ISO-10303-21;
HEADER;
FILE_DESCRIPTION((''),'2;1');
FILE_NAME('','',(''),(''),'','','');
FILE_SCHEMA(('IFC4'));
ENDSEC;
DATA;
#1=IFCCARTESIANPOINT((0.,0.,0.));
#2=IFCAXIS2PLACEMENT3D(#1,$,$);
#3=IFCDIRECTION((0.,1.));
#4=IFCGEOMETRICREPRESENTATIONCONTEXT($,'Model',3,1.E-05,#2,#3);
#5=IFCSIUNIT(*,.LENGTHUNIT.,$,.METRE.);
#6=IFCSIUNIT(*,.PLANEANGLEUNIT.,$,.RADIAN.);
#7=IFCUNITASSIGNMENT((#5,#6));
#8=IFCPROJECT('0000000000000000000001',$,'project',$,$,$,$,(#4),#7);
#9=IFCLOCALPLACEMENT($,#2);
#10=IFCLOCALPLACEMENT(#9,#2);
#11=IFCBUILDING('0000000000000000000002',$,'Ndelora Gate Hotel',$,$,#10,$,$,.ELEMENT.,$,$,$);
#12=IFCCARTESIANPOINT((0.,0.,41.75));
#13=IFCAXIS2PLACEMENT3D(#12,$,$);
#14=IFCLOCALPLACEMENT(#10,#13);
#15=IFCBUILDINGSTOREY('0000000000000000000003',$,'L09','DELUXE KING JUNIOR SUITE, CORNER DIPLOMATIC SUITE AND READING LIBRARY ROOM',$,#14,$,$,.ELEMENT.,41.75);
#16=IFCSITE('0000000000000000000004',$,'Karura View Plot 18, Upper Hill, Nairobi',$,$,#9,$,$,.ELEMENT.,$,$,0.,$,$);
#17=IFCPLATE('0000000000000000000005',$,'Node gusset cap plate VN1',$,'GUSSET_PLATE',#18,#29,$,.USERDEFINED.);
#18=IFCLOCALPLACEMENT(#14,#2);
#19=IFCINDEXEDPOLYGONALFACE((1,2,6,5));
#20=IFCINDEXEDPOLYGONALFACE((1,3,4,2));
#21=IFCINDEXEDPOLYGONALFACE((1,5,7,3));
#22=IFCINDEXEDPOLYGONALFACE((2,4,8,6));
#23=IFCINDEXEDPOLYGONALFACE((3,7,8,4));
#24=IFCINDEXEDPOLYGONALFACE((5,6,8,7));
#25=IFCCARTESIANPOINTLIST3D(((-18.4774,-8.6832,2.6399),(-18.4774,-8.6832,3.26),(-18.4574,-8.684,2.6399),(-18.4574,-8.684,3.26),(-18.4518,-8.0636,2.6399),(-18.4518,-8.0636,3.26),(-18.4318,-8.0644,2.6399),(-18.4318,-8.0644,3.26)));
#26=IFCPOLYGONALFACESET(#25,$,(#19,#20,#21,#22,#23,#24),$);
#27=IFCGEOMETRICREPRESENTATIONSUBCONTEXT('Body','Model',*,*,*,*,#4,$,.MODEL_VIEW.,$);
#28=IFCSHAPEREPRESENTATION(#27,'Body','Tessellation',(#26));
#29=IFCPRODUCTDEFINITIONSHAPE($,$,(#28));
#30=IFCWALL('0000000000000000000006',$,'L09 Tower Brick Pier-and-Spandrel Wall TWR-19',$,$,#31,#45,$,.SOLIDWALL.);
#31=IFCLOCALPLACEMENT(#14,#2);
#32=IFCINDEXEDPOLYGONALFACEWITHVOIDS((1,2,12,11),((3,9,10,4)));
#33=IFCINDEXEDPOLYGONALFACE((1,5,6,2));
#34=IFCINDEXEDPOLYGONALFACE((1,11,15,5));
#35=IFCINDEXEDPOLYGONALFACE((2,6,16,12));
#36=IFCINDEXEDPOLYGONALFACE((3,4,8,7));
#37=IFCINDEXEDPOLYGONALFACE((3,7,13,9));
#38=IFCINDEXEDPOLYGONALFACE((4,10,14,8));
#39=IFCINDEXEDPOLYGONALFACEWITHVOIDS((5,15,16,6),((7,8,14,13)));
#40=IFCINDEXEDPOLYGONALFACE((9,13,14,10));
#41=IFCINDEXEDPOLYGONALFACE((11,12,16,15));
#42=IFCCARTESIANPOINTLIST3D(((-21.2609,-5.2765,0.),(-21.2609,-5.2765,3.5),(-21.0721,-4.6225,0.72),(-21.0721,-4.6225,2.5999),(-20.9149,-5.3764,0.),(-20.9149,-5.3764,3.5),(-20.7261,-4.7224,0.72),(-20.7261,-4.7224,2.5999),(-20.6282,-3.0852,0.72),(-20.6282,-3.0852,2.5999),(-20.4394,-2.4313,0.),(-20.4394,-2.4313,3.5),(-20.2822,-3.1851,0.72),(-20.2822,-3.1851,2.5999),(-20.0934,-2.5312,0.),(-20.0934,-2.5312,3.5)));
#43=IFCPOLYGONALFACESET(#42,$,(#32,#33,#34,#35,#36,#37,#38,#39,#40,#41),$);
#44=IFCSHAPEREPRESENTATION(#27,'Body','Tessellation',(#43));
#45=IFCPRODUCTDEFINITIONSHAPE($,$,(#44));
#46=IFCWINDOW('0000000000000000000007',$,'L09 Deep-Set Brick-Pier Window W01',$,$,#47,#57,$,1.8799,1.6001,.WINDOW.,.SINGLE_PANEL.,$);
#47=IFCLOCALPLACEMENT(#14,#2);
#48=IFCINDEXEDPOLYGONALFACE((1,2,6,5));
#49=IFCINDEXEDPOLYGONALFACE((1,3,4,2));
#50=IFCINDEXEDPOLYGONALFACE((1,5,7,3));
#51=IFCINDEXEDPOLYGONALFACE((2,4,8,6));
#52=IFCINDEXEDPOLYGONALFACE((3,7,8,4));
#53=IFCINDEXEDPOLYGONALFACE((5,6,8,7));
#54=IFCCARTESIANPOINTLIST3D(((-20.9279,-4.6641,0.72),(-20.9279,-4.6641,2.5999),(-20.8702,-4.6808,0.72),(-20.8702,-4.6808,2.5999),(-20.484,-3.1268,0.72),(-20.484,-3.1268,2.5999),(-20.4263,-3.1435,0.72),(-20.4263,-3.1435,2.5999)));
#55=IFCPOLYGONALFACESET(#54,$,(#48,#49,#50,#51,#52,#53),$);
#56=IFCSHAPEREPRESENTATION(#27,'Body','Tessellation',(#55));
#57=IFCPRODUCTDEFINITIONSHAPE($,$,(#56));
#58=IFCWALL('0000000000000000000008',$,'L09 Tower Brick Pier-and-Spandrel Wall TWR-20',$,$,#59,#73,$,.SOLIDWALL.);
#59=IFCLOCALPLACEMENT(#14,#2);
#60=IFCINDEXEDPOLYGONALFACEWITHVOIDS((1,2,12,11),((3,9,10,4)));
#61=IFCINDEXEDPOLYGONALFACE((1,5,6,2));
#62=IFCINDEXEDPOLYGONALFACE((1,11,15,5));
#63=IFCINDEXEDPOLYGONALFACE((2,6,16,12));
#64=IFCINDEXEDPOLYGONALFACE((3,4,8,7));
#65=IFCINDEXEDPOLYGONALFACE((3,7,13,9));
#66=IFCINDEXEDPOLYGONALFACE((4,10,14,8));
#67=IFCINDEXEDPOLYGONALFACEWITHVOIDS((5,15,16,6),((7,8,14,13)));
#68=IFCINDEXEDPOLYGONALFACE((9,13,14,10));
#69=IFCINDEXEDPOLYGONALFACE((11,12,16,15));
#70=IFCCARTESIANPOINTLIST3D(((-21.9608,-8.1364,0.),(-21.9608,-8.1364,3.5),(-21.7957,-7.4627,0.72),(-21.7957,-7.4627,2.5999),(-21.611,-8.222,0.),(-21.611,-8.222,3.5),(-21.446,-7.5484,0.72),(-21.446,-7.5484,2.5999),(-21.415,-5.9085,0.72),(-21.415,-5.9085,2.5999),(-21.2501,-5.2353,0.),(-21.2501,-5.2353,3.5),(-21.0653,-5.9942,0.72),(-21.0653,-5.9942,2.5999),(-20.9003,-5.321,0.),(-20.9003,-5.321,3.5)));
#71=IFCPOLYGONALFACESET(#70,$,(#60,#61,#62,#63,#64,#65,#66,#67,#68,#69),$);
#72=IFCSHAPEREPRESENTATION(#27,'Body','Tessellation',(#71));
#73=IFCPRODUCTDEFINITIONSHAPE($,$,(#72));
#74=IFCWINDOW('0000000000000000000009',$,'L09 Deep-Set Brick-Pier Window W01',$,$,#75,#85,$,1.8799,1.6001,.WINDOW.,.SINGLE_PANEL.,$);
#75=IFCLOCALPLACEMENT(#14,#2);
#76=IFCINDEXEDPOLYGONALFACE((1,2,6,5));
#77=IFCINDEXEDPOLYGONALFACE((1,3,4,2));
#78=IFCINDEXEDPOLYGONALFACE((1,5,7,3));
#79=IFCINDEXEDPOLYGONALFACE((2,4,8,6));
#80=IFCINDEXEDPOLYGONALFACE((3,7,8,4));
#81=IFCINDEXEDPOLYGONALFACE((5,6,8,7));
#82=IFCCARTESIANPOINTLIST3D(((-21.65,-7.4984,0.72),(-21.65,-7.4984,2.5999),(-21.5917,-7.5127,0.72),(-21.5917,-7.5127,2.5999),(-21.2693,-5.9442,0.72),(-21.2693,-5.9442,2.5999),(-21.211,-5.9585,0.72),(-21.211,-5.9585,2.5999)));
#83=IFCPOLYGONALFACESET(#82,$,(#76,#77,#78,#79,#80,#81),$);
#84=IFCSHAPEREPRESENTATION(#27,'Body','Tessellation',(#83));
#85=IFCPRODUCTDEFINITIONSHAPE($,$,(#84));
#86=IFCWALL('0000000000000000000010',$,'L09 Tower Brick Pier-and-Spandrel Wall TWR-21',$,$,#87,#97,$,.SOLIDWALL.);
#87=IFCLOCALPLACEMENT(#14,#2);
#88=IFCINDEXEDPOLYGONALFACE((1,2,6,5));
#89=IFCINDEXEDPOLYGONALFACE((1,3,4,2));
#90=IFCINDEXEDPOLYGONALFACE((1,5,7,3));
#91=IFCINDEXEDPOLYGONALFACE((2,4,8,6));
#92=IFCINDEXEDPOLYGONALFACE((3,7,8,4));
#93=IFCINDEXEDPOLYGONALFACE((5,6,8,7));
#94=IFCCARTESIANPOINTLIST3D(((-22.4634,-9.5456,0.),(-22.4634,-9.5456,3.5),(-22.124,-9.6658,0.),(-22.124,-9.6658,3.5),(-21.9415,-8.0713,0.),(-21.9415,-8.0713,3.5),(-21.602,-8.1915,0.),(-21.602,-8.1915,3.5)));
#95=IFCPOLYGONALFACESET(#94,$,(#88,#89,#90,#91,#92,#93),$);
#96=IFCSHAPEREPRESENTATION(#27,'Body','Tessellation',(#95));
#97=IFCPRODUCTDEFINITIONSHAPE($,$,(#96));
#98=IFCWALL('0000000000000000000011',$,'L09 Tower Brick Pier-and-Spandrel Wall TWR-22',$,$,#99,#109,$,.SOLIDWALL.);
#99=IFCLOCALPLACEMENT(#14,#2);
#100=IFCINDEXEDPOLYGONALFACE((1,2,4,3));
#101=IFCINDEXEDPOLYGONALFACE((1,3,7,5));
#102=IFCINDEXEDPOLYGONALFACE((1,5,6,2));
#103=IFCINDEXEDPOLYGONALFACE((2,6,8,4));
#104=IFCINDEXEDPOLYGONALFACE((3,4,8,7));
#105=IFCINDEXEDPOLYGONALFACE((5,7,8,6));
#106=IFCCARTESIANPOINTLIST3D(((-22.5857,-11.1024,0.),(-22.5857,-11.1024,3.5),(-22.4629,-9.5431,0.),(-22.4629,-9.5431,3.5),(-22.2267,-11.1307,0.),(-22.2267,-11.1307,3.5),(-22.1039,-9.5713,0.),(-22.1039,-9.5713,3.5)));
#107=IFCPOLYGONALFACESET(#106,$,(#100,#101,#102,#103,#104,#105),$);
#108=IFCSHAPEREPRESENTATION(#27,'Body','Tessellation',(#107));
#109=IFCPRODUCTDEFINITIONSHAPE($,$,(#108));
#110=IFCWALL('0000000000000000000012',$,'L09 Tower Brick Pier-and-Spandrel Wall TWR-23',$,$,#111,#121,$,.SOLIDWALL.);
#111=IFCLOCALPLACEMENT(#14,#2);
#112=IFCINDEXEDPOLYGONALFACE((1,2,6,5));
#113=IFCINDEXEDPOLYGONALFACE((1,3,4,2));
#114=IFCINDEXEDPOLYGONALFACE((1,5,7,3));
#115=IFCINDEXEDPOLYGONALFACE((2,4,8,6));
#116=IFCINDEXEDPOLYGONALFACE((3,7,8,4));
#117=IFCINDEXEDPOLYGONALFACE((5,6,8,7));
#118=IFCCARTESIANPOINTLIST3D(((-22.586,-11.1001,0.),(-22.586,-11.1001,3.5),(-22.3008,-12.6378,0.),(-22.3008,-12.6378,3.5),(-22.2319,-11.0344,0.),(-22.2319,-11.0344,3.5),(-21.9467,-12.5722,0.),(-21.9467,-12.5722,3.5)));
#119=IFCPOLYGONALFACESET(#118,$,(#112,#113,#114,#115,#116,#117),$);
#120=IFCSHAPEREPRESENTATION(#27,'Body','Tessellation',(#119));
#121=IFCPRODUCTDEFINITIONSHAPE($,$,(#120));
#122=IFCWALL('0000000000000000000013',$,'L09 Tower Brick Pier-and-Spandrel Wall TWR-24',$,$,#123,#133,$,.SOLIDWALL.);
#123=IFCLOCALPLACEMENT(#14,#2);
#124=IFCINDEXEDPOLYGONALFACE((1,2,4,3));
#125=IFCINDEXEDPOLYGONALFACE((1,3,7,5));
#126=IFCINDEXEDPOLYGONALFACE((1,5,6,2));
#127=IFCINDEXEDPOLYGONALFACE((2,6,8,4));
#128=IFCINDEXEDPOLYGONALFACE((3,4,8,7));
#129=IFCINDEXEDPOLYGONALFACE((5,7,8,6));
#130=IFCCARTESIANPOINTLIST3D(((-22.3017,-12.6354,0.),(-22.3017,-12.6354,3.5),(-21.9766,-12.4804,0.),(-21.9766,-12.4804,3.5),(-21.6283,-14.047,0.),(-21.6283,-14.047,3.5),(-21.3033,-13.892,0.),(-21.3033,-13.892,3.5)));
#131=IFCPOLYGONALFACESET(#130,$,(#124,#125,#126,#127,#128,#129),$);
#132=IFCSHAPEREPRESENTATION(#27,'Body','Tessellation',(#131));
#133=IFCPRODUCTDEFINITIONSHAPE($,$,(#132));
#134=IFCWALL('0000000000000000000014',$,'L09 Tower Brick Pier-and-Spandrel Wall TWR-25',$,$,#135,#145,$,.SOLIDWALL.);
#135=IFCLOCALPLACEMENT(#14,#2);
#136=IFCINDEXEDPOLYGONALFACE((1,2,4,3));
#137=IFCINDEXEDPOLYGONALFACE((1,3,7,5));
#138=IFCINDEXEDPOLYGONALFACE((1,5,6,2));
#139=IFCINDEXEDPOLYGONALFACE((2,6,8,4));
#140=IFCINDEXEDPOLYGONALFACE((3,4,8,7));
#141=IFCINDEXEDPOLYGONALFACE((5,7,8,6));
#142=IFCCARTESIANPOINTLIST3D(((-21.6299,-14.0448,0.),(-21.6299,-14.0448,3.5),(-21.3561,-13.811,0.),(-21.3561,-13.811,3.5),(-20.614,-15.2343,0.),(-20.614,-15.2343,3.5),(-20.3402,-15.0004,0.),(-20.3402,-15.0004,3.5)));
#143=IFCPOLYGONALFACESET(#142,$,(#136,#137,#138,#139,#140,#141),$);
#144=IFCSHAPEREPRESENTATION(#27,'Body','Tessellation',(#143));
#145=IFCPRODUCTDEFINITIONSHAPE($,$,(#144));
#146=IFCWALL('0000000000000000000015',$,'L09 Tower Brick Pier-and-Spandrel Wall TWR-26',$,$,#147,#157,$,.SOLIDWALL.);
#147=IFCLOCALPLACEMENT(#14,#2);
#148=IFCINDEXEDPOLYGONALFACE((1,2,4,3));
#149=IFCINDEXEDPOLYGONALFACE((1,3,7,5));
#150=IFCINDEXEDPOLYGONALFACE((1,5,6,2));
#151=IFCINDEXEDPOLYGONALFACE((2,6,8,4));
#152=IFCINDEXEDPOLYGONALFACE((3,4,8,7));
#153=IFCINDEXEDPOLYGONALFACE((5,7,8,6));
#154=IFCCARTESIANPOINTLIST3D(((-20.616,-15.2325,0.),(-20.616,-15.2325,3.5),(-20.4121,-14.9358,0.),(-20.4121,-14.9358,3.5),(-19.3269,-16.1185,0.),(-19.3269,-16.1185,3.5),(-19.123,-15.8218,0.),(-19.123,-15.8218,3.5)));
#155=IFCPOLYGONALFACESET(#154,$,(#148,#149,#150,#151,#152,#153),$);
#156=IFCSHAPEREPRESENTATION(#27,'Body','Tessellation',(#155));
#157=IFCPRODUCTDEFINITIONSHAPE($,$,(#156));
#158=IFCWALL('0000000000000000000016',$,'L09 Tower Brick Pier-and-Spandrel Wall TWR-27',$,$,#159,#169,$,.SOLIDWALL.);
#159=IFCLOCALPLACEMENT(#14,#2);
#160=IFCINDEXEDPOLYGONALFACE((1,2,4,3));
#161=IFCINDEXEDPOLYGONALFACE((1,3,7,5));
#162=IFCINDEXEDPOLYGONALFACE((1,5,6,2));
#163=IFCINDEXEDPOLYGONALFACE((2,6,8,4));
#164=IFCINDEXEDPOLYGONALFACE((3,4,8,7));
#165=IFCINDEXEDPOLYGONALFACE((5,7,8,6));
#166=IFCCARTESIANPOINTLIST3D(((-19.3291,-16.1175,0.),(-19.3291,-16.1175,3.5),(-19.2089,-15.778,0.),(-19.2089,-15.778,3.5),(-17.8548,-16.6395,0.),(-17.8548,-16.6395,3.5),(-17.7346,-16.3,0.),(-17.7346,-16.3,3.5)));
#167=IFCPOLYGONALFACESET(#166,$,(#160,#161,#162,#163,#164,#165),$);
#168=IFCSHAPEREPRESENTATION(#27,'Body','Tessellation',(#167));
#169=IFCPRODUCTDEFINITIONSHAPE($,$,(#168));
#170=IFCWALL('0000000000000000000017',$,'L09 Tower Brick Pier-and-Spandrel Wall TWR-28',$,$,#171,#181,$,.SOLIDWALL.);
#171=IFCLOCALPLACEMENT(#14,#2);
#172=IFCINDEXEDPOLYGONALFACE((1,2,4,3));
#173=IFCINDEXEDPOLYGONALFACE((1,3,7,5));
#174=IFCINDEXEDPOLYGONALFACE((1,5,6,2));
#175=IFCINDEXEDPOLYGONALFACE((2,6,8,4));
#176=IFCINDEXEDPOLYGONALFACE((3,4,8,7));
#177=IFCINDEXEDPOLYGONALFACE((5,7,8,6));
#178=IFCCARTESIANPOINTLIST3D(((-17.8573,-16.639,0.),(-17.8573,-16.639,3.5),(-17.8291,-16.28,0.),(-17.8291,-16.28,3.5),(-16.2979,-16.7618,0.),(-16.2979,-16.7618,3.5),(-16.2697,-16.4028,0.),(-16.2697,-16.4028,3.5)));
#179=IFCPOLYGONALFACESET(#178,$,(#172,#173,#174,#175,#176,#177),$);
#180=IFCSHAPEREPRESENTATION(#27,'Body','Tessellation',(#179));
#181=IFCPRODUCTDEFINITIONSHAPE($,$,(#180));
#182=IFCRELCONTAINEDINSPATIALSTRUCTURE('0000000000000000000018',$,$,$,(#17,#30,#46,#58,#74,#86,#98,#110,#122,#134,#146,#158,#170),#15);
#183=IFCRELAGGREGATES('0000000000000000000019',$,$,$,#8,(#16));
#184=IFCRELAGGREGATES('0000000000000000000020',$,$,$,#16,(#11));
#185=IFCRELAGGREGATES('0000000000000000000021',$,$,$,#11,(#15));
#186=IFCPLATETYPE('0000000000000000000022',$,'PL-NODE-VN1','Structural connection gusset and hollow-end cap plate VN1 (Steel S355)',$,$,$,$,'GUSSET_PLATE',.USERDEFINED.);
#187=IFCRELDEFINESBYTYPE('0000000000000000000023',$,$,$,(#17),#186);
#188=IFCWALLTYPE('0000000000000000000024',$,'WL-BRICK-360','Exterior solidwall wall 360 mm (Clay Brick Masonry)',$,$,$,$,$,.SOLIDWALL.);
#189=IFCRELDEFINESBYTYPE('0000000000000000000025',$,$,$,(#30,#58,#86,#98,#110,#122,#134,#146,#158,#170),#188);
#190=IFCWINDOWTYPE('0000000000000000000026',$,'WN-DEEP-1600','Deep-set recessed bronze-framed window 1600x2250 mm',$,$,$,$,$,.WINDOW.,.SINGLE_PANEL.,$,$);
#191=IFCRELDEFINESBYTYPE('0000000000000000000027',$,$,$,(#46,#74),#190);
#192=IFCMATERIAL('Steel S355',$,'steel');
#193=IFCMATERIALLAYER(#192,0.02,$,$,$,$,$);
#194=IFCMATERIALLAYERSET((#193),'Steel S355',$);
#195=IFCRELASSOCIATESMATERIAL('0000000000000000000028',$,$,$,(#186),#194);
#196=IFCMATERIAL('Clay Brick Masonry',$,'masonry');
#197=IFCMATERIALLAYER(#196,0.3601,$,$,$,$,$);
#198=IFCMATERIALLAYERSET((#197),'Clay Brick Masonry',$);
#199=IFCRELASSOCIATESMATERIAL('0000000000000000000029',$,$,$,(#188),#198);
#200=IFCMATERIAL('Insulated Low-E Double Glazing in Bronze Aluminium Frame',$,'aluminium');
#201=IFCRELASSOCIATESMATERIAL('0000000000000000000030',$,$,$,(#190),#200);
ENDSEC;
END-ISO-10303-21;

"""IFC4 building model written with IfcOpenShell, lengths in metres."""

from ifc_helpers import new_model, si_unit, direction, frame, frame_2d, origin, origin_2d, place, context, subcontext, project, spatial, rectangle, extrude, material, layer, layer_set, type_object, element, fill, save


model = new_model("IFC4")

# Units and contexts
model_context = context("Model", 3, precision=1e-05, world=origin(), true_north=direction((0.0, 1.0)))
body_context = subcontext(model_context, "Body", "Model", "MODEL_VIEW")
ifc_project = project(units=[si_unit("LENGTHUNIT", "METRE"), si_unit("PLANEANGLEUNIT", "RADIAN")], contexts=[model_context])

# Site, building, storey
site_placement = place(None, origin())
site = spatial("IfcSite", under=ifc_project, at=site_placement, Name="Karura View Plot 18, Upper Hill, Nairobi", CompositionType="ELEMENT", RefElevation=0.0)
building_placement = place(site_placement, origin())
building = spatial("IfcBuilding", under=site, at=building_placement, Name="Ndelora Gate Hotel", CompositionType="ELEMENT")
storey_placement = place(building_placement, frame((0.0, 0.0, 41.75)))
storey = spatial("IfcBuildingStorey", under=building, at=storey_placement, Name="L09", Description="DELUXE KING JUNIOR SUITE, CORNER DIPLOMATIC SUITE AND READING LIBRARY ROOM", CompositionType="ELEMENT", Elevation=41.75)

# Shared definitions
ifc_material_1 = material(Name="Steel S355", Category="steel")

# Plate
ifc_layer_1 = layer(ifc_material_1, 0.02)
ifc_layer_set_1 = layer_set([ifc_layer_1], Name="Steel S355")
plate_type = type_object("IfcPlateType", Name="PL-NODE-VN1", Description="Structural connection gusset and hollow-end cap plate VN1 (Steel S355)", ElementType="GUSSET_PLATE", PredefinedType="USERDEFINED", material=ifc_layer_set_1)
for number, where, z_axis, x_axis, name in (
    (1, (-18.4546, -8.3738, 2.6399), (0.0, 0.0, 1.0), (0.041353, 0.999145, 0.0), "Node gusset cap plate VN1"),
):
    element("IfcPlate", number, at=place(storey_placement, frame(where, z_axis=z_axis, x_axis=x_axis)), inside=storey, type_object=plate_type, Name=name, ObjectType="GUSSET_PLATE", PredefinedType="USERDEFINED", context=body_context, shape_type="SweptSolid", body=[
        extrude(rectangle(XDim=0.6201, YDim=0.02, at=origin_2d()), origin(), (0.0, 0.0, 1.0), 0.6201),
    ])

# Walls, openings, windows
ifc_material_2 = material(Name="Clay Brick Masonry", Category="masonry")
ifc_layer_2 = layer(ifc_material_2, 0.3601)
ifc_layer_set_2 = layer_set([ifc_layer_2], Name="Clay Brick Masonry")
wall_type = type_object("IfcWallType", Name="WL-BRICK-360", Description="Exterior solidwall wall 360 mm (Clay Brick Masonry)", PredefinedType="SOLIDWALL", material=ifc_layer_set_2)
wall_1_placement = place(storey_placement, frame((-21.0879, -5.3264, 0.0), z_axis=(0.0, 0.0, 1.0), x_axis=(0.277409, 0.960752, 0.0)))
wall_1 = element("IfcWall", 2, at=wall_1_placement, inside=storey, type_object=wall_type, Name="L09 Tower Brick Pier-and-Spandrel Wall TWR-19", PredefinedType="SOLIDWALL", context=body_context, shape_type="SweptSolid", body=[
    extrude(rectangle(XDim=2.9614, YDim=0.3601, at=frame_2d((1.4807, 0.0))), origin(), (0.0, 0.0, 1.0), 3.5),
])
opening_1_placement = place(wall_1_placement, frame((0.6807, 0.0, 0.72)))
opening_1 = element("IfcOpeningElement", 3, at=opening_1_placement, cuts=wall_1, PredefinedType="OPENING", context=body_context, shape_type="SweptSolid", body=[
    extrude(rectangle(XDim=1.6001, YDim=1.8799, at=frame_2d((0.8, 0.9399))), frame((0.0, 0.1899, 0.0), z_axis=(0.0, -1.0, 0.0), x_axis=(1.0, 0.0, 0.0)), (0.0, 0.0, 1.0), 0.3801),
])
ifc_material_3 = material(Name="Insulated Low-E Double Glazing in Bronze Aluminium Frame", Category="aluminium")
window_type = type_object("IfcWindowType", Name="WN-DEEP-1600", Description="Deep-set recessed bronze-framed window 1600x2250 mm", PartitioningType="SINGLE_PANEL", PredefinedType="WINDOW", material=ifc_material_3)
window_1_placement = place(opening_1_placement, origin())
window_1 = element("IfcWindow", 4, at=window_1_placement, inside=storey, type_object=window_type, Name="L09 Deep-Set Brick-Pier Window W01", OverallHeight=1.8799, OverallWidth=1.6001, PartitioningType="SINGLE_PANEL", PredefinedType="WINDOW", context=body_context, shape_type="SweptSolid", body=[
    extrude(rectangle(XDim=1.6001, YDim=1.8799, at=frame_2d((0.8, 0.9399))), frame((0.0, 0.03, 0.0), z_axis=(0.0, -1.0, 0.0), x_axis=(1.0, 0.0, 0.0)), (0.0, 0.0, 1.0), 0.0601),
])
fill(opening_1, window_1)
wall_2_placement = place(storey_placement, frame((-21.7859, -8.1792, 0.0), z_axis=(0.0, 0.0, 1.0), x_axis=(0.237936, 0.971281, 0.0)))
wall_2 = element("IfcWall", 5, at=wall_2_placement, inside=storey, type_object=wall_type, Name="L09 Tower Brick Pier-and-Spandrel Wall TWR-20", PredefinedType="SOLIDWALL", context=body_context, shape_type="SweptSolid", body=[
    extrude(rectangle(XDim=2.9868, YDim=0.3601, at=frame_2d((1.4934, 0.0))), origin(), (0.0, 0.0, 1.0), 3.5),
])
opening_2_placement = place(wall_2_placement, frame((0.6936, 0.0, 0.72)))
opening_2 = element("IfcOpeningElement", 6, at=opening_2_placement, cuts=wall_2, PredefinedType="OPENING", context=body_context, shape_type="SweptSolid", body=[
    extrude(rectangle(XDim=1.6001, YDim=1.8799, at=frame_2d((0.8, 0.9399))), frame((0.0, 0.1899, 0.0), z_axis=(0.0, -1.0, 0.0), x_axis=(1.0, 0.0, 0.0)), (0.0, 0.0, 1.0), 0.3801),
])
window_2_placement = place(opening_2_placement, origin())
window_2 = element("IfcWindow", 7, at=window_2_placement, inside=storey, type_object=window_type, Name="L09 Deep-Set Brick-Pier Window W01", OverallHeight=1.8799, OverallWidth=1.6001, PartitioningType="SINGLE_PANEL", PredefinedType="WINDOW", context=body_context, shape_type="SweptSolid", body=[
    extrude(rectangle(XDim=1.6001, YDim=1.8799, at=frame_2d((0.8, 0.9399))), frame((0.0, 0.03, 0.0), z_axis=(0.0, -1.0, 0.0), x_axis=(1.0, 0.0, 0.0)), (0.0, 0.0, 1.0), 0.0601),
])
fill(opening_2, window_2)

# Walls
wall_3_placement = place(storey_placement, frame((-22.2937, -9.6057, 0.0), z_axis=(0.0, 0.0, 1.0), x_axis=(0.333734, 0.942667, 0.0)))
element("IfcWall", 8, at=wall_3_placement, inside=storey, type_object=wall_type, Name="L09 Tower Brick Pier-and-Spandrel Wall TWR-21", PredefinedType="SOLIDWALL", context=body_context, shape_type="SweptSolid", body=[
    extrude(rectangle(XDim=1.564, YDim=0.3601, at=frame_2d((0.782, 0.0))), origin(), (0.0, 0.0, 1.0), 3.5),
])
wall_4_placement = place(storey_placement, frame((-22.4062, -11.1167, 0.0), z_axis=(0.0, 0.0, 1.0), x_axis=(0.078511, 0.996913, 0.0)))
element("IfcWall", 9, at=wall_4_placement, inside=storey, type_object=wall_type, Name="L09 Tower Brick Pier-and-Spandrel Wall TWR-22", PredefinedType="SOLIDWALL", context=body_context, shape_type="SweptSolid", body=[
    extrude(rectangle(XDim=1.5642, YDim=0.3601, at=frame_2d((0.7822, 0.0))), origin(), (0.0, 0.0, 1.0), 3.5),
])
for number, where, z_axis, x_axis, name in (
    (10, (-22.1238, -12.605, 0.0), (0.0, 0.0, 1.0), (-0.182318, 0.98324, 0.0), "L09 Tower Brick Pier-and-Spandrel Wall TWR-23"),
    (11, (-21.4658, -13.9695, 0.0), (0.0, 0.0, 1.0), (-0.430527, 0.902578, 0.0), "L09 Tower Brick Pier-and-Spandrel Wall TWR-24"),
):
    element("IfcWall", number, at=place(storey_placement, frame(where, z_axis=z_axis, x_axis=x_axis)), inside=storey, type_object=wall_type, Name=name, PredefinedType="SOLIDWALL", context=body_context, shape_type="SweptSolid", body=[
        extrude(rectangle(XDim=1.564, YDim=0.3601, at=frame_2d((0.782, 0.0))), origin(), (0.0, 0.0, 1.0), 3.5),
    ])
for number, where, z_axis, x_axis, name in (
    (12, (-20.4771, -15.1174, 0.0), (0.0, 0.0, 1.0), (-0.649441, 0.760412, 0.0), "L09 Tower Brick Pier-and-Spandrel Wall TWR-25"),
    (13, (-19.2249, -15.9702, 0.0), (0.0, 0.0, 1.0), (-0.824115, 0.566423, 0.0), "L09 Tower Brick Pier-and-Spandrel Wall TWR-26"),
):
    element("IfcWall", number, at=place(storey_placement, frame(where, z_axis=z_axis, x_axis=x_axis)), inside=storey, type_object=wall_type, Name=name, PredefinedType="SOLIDWALL", context=body_context, shape_type="SweptSolid", body=[
        extrude(rectangle(XDim=1.5642, YDim=0.3601, at=frame_2d((0.7822, 0.0))), origin(), (0.0, 0.0, 1.0), 3.5),
    ])
wall_5_placement = place(storey_placement, frame((-17.7947, -16.4697, 0.0), z_axis=(0.0, 0.0, 1.0), x_axis=(-0.942667, 0.333734, 0.0)))
element("IfcWall", 14, at=wall_5_placement, inside=storey, type_object=wall_type, Name="L09 Tower Brick Pier-and-Spandrel Wall TWR-27", PredefinedType="SOLIDWALL", context=body_context, shape_type="SweptSolid", body=[
    extrude(rectangle(XDim=1.564, YDim=0.3601, at=frame_2d((0.782, 0.0))), origin(), (0.0, 0.0, 1.0), 3.5),
])
wall_6_placement = place(storey_placement, frame((-16.2837, -16.5823, 0.0), z_axis=(0.0, 0.0, 1.0), x_axis=(-0.996913, 0.078511, 0.0)))
element("IfcWall", 15, at=wall_6_placement, inside=storey, type_object=wall_type, Name="L09 Tower Brick Pier-and-Spandrel Wall TWR-28", PredefinedType="SOLIDWALL", context=body_context, shape_type="SweptSolid", body=[
    extrude(rectangle(XDim=1.5642, YDim=0.3601, at=frame_2d((0.7822, 0.0))), origin(), (0.0, 0.0, 1.0), 3.5),
])

save(model, "model.ifc")
